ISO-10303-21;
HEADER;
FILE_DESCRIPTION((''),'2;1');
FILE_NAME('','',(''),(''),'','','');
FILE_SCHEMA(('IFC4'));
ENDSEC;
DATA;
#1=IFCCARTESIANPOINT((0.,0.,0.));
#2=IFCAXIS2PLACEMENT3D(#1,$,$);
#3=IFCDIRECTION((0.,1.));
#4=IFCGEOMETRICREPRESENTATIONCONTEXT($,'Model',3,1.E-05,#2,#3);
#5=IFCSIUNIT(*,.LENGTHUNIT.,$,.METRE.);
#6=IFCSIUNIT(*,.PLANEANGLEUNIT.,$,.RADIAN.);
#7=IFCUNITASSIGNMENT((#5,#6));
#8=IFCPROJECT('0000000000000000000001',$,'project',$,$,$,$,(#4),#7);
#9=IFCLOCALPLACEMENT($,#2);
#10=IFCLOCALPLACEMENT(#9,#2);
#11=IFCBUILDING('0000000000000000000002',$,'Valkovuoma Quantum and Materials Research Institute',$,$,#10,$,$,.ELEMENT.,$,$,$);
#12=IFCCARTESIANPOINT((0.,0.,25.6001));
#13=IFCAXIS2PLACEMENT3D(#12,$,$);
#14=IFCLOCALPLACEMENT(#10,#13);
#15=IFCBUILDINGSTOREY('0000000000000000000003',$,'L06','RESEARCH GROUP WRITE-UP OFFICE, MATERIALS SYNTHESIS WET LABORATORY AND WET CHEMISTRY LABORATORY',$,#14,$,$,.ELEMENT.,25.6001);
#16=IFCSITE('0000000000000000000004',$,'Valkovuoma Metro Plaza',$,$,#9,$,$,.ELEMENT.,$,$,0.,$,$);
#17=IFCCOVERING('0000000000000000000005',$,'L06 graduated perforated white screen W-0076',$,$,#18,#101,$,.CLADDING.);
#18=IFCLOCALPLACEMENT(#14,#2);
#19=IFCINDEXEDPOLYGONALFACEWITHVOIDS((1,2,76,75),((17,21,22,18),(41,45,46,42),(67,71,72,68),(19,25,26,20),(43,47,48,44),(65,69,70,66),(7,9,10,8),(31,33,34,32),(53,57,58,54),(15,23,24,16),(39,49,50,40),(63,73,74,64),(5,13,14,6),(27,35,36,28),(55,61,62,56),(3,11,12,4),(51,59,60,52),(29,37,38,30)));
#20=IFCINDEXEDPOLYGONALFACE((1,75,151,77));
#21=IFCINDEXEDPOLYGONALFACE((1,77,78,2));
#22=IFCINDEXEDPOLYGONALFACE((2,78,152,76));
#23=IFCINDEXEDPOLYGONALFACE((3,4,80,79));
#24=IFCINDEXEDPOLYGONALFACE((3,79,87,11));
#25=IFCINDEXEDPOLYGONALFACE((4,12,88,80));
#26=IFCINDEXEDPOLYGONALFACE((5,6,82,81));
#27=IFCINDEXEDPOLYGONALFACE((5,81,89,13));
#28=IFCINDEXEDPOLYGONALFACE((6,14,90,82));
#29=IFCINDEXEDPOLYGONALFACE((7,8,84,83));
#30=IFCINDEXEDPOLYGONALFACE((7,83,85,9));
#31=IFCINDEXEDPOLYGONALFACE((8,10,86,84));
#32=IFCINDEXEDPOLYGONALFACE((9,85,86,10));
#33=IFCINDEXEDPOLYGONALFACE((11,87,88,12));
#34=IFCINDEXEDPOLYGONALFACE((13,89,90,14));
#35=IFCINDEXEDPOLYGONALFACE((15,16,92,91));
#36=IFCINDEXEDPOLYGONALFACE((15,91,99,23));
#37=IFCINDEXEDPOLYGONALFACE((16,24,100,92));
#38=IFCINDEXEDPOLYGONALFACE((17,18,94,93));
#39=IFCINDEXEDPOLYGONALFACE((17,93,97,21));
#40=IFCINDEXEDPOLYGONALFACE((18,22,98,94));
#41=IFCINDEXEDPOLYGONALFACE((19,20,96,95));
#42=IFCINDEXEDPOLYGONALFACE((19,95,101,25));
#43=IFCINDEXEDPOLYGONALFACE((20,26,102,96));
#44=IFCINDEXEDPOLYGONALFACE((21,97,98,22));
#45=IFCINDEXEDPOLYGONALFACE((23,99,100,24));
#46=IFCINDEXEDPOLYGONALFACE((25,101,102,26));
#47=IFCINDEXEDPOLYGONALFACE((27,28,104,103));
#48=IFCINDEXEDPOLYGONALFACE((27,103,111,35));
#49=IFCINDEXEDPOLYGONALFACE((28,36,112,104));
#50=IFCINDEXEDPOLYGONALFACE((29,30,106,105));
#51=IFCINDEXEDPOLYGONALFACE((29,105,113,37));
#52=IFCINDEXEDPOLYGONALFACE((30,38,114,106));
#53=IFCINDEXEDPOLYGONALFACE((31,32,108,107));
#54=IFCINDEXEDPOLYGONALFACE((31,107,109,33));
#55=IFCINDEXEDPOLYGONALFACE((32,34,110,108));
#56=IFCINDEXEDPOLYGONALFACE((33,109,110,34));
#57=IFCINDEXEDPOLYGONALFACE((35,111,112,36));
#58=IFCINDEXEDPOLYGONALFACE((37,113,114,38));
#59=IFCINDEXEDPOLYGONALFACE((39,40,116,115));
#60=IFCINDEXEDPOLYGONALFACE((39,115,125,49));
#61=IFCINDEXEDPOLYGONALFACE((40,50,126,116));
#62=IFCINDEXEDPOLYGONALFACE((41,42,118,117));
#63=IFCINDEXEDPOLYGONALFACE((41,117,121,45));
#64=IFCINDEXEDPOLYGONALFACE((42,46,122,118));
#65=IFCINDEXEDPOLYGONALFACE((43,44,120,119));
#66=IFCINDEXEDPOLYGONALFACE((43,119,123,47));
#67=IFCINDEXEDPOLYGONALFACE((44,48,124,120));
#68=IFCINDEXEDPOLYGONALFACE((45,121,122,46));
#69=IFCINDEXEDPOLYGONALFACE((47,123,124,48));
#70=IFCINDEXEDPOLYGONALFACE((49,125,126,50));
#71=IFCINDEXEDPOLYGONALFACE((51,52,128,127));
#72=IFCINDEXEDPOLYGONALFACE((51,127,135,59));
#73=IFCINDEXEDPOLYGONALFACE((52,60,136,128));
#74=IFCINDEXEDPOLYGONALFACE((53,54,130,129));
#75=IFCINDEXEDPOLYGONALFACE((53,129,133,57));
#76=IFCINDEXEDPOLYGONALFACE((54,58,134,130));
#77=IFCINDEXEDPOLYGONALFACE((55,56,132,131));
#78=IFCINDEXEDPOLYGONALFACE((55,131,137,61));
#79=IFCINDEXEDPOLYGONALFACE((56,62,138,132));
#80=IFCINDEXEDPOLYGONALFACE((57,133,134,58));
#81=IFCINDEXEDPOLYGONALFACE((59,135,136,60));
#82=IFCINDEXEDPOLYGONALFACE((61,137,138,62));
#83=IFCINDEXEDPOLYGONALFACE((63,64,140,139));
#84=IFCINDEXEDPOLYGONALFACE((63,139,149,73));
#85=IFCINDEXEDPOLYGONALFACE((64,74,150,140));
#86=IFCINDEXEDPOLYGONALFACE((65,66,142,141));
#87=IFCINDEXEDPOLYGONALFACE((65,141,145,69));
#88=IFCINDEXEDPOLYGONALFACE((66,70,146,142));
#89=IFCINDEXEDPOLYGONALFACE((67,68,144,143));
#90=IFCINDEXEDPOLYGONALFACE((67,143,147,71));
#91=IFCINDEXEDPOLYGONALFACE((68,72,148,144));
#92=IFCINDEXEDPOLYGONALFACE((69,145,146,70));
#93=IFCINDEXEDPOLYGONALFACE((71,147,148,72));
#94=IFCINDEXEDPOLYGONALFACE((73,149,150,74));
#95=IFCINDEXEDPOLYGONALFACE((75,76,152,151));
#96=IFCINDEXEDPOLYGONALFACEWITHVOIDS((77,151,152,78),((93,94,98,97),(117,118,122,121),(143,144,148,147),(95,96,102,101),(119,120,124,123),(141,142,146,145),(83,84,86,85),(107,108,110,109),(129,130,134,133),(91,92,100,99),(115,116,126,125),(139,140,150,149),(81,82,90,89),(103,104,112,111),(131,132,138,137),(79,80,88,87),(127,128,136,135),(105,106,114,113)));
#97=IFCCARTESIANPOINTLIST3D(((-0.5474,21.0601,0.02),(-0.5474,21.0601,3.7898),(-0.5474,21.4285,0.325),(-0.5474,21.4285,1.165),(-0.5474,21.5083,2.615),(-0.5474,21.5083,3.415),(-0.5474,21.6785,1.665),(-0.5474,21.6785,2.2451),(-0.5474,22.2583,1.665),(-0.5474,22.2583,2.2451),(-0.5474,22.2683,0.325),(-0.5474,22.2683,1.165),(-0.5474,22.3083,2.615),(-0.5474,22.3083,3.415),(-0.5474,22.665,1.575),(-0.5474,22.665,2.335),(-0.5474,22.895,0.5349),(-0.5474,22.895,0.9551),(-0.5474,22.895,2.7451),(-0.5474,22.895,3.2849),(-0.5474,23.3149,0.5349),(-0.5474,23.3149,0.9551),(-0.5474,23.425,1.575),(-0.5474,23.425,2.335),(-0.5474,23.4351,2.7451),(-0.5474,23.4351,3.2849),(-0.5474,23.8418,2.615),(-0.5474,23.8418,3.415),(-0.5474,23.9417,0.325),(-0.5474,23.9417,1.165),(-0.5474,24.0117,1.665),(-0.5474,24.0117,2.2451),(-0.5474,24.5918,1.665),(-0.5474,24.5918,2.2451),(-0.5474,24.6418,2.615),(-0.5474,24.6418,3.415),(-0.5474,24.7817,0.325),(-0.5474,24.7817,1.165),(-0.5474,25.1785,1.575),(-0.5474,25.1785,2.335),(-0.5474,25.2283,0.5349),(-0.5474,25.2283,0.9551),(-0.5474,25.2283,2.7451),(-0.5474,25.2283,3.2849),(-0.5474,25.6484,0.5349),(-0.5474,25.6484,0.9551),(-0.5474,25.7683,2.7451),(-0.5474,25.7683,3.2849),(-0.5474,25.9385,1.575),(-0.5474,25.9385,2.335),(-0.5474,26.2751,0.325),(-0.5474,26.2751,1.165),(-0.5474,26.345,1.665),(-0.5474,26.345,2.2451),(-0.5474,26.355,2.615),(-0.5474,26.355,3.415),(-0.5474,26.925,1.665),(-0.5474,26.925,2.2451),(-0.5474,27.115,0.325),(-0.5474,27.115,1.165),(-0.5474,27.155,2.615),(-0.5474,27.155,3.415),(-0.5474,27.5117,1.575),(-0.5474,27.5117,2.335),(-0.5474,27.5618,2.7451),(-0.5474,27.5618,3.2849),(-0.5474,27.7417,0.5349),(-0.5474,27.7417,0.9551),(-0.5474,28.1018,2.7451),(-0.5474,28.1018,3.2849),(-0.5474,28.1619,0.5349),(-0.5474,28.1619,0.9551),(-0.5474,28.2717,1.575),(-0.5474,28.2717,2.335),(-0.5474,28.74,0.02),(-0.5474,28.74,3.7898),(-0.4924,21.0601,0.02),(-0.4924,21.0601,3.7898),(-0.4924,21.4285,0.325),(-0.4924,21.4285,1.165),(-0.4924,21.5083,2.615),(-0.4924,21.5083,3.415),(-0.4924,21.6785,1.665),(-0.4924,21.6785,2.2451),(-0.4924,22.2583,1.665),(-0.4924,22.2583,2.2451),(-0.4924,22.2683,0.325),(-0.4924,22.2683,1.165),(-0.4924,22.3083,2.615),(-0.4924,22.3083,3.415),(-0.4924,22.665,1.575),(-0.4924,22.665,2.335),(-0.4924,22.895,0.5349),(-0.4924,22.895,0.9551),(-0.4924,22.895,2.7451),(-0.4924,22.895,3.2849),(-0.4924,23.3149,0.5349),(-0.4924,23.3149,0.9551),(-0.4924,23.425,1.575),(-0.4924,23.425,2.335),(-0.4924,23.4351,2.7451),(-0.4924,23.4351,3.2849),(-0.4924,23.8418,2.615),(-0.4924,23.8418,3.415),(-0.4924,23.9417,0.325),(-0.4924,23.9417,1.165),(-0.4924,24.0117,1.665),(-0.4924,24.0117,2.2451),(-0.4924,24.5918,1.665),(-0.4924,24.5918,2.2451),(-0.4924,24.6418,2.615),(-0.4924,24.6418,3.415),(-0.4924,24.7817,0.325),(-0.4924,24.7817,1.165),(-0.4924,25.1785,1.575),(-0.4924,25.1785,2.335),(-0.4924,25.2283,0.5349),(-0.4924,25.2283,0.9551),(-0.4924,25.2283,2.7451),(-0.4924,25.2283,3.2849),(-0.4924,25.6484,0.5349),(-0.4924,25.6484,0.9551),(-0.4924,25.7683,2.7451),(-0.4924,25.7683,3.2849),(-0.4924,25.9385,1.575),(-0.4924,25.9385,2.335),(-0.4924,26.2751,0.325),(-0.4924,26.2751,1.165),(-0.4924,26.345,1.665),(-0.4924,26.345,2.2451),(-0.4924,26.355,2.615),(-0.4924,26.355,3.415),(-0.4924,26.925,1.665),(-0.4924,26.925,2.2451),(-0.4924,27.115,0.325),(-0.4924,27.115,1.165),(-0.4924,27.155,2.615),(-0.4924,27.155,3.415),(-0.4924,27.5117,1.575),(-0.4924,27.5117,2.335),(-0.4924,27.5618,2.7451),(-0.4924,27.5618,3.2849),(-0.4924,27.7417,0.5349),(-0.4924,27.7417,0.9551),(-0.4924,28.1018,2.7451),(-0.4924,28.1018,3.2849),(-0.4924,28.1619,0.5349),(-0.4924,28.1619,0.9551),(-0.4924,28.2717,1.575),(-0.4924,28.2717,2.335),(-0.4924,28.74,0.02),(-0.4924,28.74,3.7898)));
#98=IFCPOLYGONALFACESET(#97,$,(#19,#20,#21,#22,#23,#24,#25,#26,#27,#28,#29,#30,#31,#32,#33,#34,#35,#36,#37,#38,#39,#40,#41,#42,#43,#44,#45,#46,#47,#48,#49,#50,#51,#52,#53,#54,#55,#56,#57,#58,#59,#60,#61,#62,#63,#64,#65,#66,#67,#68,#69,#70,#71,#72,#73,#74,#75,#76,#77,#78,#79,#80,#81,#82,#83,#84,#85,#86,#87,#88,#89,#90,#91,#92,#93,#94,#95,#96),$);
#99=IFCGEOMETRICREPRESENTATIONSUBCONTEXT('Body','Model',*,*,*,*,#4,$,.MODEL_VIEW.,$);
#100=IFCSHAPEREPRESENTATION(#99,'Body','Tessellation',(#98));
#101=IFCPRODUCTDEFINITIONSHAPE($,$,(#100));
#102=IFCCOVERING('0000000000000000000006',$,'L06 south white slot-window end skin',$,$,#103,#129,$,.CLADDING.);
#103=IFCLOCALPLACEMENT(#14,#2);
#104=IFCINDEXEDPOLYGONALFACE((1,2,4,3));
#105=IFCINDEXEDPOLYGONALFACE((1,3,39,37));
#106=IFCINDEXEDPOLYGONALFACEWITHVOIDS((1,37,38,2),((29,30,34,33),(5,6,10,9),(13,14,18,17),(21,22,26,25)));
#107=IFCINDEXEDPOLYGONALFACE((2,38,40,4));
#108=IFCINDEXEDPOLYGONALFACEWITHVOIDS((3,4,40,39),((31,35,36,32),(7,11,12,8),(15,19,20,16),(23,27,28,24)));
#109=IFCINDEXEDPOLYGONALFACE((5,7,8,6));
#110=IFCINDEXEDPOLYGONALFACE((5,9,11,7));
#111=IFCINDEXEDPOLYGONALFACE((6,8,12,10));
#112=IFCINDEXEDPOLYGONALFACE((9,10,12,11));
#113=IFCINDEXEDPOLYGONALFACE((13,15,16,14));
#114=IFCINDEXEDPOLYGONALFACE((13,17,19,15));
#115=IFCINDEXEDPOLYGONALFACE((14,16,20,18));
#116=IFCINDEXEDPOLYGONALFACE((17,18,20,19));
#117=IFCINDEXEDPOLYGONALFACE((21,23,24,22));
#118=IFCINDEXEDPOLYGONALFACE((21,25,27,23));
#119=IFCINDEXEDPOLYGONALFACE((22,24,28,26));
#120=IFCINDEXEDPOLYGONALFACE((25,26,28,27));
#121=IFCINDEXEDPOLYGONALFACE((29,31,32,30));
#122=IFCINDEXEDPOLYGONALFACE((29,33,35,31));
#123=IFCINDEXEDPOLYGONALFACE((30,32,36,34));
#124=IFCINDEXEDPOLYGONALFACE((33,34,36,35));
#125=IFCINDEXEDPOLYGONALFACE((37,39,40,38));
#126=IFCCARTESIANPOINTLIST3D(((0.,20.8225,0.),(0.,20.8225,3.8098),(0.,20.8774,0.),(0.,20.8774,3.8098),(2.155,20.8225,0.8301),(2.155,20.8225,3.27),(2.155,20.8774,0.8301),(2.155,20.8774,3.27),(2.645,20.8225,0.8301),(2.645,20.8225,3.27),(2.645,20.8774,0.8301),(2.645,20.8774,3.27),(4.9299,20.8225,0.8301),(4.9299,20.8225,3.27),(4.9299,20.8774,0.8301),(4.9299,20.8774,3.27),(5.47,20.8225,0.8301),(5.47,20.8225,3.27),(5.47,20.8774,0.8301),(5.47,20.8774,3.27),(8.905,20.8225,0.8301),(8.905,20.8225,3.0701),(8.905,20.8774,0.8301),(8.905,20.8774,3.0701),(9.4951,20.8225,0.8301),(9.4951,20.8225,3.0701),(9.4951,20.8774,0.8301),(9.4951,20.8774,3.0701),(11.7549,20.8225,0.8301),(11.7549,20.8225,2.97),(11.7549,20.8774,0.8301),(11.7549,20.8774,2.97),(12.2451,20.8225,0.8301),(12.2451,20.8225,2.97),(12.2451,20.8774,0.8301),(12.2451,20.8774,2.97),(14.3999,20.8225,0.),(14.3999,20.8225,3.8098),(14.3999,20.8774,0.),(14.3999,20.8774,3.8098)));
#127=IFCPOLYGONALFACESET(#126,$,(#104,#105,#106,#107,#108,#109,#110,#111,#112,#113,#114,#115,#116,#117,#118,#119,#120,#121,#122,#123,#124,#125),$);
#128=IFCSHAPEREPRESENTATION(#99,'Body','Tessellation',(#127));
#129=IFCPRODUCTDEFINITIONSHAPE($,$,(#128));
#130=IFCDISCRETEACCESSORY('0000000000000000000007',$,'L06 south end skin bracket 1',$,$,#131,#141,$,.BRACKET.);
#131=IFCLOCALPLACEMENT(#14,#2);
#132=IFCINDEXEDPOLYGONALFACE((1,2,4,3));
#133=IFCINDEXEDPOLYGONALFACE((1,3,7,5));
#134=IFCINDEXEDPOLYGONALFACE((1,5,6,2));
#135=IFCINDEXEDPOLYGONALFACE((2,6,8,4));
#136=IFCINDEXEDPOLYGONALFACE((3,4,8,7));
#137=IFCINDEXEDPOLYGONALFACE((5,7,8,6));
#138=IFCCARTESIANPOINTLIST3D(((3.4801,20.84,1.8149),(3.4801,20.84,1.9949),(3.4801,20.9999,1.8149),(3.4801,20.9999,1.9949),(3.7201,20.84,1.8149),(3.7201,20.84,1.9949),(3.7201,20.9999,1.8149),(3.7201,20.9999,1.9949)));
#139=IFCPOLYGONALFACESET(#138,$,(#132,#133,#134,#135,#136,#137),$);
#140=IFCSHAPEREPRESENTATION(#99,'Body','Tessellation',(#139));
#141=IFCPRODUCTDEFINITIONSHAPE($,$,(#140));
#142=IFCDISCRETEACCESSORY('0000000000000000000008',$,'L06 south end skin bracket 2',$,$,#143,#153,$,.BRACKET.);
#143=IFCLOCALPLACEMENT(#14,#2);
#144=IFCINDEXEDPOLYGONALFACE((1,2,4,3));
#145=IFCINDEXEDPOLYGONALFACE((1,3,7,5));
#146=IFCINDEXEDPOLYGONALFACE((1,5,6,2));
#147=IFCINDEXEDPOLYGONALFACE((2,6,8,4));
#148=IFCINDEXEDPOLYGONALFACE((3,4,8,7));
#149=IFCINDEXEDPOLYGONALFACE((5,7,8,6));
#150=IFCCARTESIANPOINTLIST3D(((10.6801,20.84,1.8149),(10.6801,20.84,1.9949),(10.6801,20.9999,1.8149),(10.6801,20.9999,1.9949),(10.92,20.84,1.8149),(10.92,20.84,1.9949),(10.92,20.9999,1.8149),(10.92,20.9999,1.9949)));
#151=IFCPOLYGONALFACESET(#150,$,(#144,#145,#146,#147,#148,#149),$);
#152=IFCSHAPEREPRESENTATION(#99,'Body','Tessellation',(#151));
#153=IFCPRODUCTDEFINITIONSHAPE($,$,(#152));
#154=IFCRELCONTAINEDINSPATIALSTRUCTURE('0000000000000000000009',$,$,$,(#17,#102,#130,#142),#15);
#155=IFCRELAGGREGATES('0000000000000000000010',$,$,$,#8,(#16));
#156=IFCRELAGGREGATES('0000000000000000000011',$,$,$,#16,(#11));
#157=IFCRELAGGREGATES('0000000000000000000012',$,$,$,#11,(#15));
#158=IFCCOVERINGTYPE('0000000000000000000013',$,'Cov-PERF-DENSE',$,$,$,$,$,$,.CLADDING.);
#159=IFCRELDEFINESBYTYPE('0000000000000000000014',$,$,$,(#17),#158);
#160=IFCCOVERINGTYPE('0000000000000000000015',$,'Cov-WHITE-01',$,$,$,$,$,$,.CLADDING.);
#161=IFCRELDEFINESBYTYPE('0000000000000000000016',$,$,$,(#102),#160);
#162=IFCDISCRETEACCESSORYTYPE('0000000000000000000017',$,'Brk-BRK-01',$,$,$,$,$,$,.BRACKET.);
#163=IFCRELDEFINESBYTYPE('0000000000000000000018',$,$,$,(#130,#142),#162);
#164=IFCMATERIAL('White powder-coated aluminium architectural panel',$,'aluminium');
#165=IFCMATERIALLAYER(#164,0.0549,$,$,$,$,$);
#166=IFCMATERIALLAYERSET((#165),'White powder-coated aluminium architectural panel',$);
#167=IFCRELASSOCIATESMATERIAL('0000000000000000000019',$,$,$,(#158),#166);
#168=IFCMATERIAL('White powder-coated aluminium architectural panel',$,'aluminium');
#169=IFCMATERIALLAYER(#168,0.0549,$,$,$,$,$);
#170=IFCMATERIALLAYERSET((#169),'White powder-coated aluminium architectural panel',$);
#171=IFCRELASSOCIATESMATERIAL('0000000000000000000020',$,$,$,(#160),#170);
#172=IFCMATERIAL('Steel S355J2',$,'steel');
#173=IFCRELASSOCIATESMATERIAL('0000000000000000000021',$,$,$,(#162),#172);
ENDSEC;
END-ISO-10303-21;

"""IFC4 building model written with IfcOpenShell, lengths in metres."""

from ifc_helpers import new_model, si_unit, direction, frame, origin, origin_2d, place, context, subcontext, project, spatial, polyline, rectangle, outline, extrude, material, layer, layer_set, type_object, element, save


model = new_model("IFC4")

# Units and contexts
model_context = context("Model", 3, precision=1e-05, world=origin(), true_north=direction((0.0, 1.0)))
body_context = subcontext(model_context, "Body", "Model", "MODEL_VIEW")
ifc_project = project(units=[si_unit("LENGTHUNIT", "METRE"), si_unit("PLANEANGLEUNIT", "RADIAN")], contexts=[model_context])

# Site, building, storey
site_placement = place(None, origin())
site = spatial("IfcSite", under=ifc_project, at=site_placement, Name="Valkovuoma Metro Plaza", CompositionType="ELEMENT", RefElevation=0.0)
building_placement = place(site_placement, origin())
building = spatial("IfcBuilding", under=site, at=building_placement, Name="Valkovuoma Quantum and Materials Research Institute", CompositionType="ELEMENT")
storey_placement = place(building_placement, frame((0.0, 0.0, 25.6001)))
storey = spatial("IfcBuildingStorey", under=building, at=storey_placement, Name="L06", Description="RESEARCH GROUP WRITE-UP OFFICE, MATERIALS SYNTHESIS WET LABORATORY AND WET CHEMISTRY LABORATORY", CompositionType="ELEMENT", Elevation=25.6001)

# Coverings
ifc_material_1 = material(Name="White powder-coated aluminium architectural panel", Category="aluminium")
ifc_layer_1 = layer(ifc_material_1, 0.0549)
ifc_layer_set_1 = layer_set([ifc_layer_1], Name="White powder-coated aluminium architectural panel")
covering_type_1 = type_object("IfcCoveringType", Name="Cov-PERF-DENSE", PredefinedType="CLADDING", material=ifc_layer_set_1)
covering_1_placement = place(storey_placement, frame((-0.52, 21.0601, 0.02), z_axis=(0.0, 0.0, 1.0), x_axis=(0.0, 1.0, 0.0)))
element("IfcCovering", 1, at=covering_1_placement, inside=storey, type_object=covering_type_1, Name="L06 graduated perforated white screen W-0076", PredefinedType="CLADDING", context=body_context, shape_type="SweptSolid", body=[
    extrude(outline(polyline([(0.0, 0.0), (7.6799, 0.0), (7.6799, 3.7698), (0.0, 3.7698), (0.0, 0.0)]), holes=[polyline([(0.3684, 0.3049), (0.3684, 1.145), (1.2083, 1.145), (1.2083, 0.3049), (0.3684, 0.3049)]), polyline([(0.6184, 1.645), (0.6184, 2.2251), (1.1982, 2.2251), (1.1982, 1.645), (0.6184, 1.645)]), polyline([(0.4482, 2.595), (0.4482, 3.395), (1.2483, 3.395), (1.2483, 2.595), (0.4482, 2.595)]), polyline([(1.835, 0.5149), (1.835, 0.9351), (2.2549, 0.9351), (2.2549, 0.5149), (1.835, 0.5149)]), polyline([(1.605, 1.5549), (1.605, 2.3149), (2.365, 2.3149), (2.365, 1.5549), (1.605, 1.5549)]), polyline([(1.835, 2.7251), (1.835, 3.2649), (2.375, 3.2649), (2.375, 2.7251), (1.835, 2.7251)]), polyline([(2.8816, 0.3049), (2.8816, 1.145), (3.7217, 1.145), (3.7217, 0.3049), (2.8816, 0.3049)]), polyline([(2.9517, 1.645), (2.9517, 2.2251), (3.5317, 2.2251), (3.5317, 1.645), (2.9517, 1.645)]), polyline([(2.7817, 2.595), (2.7817, 3.395), (3.5818, 3.395), (3.5818, 2.595), (2.7817, 2.595)]), polyline([(4.1682, 0.5149), (4.1682, 0.9351), (4.5884, 0.9351), (4.5884, 0.5149), (4.1682, 0.5149)]), polyline([(4.1184, 1.5549), (4.1184, 2.3149), (4.8784, 2.3149), (4.8784, 1.5549), (4.1184, 1.5549)]), polyline([(4.1682, 2.7251), (4.1682, 3.2649), (4.7083, 3.2649), (4.7083, 2.7251), (4.1682, 2.7251)]), polyline([(5.2151, 0.3049), (5.2151, 1.145), (6.0549, 1.145), (6.0549, 0.3049), (5.2151, 0.3049)]), polyline([(5.2849, 1.645), (5.2849, 2.2251), (5.865, 2.2251), (5.865, 1.645), (5.2849, 1.645)]), polyline([(5.2949, 2.595), (5.2949, 3.395), (6.095, 3.395), (6.095, 2.595), (5.2949, 2.595)]), polyline([(6.6816, 0.5149), (6.6816, 0.9351), (7.1018, 0.9351), (7.1018, 0.5149), (6.6816, 0.5149)]), polyline([(6.4517, 1.5549), (6.4517, 2.3149), (7.2117, 2.3149), (7.2117, 1.5549), (6.4517, 1.5549)]), polyline([(6.5017, 2.7251), (6.5017, 3.2649), (7.0417, 3.2649), (7.0417, 2.7251), (6.5017, 2.7251)])]), frame((0.0, 0.0273, 0.0), z_axis=(0.0, -1.0, 0.0), x_axis=(1.0, 0.0, 0.0)), (0.0, 0.0, 1.0), 0.0549),
])
ifc_material_2 = material(Name="White powder-coated aluminium architectural panel", Category="aluminium")
ifc_layer_2 = layer(ifc_material_2, 0.0549)
ifc_layer_set_2 = layer_set([ifc_layer_2], Name="White powder-coated aluminium architectural panel")
covering_type_2 = type_object("IfcCoveringType", Name="Cov-WHITE-01", PredefinedType="CLADDING", material=ifc_layer_set_2)
covering_2_placement = place(storey_placement, frame((0.0, 20.8501, 0.0), z_axis=(0.0, 0.0, 1.0), x_axis=(1.0, 0.0, 0.0)))
element("IfcCovering", 2, at=covering_2_placement, inside=storey, type_object=covering_type_2, Name="L06 south white slot-window end skin", PredefinedType="CLADDING", context=body_context, shape_type="SweptSolid", body=[
    extrude(outline(polyline([(0.0, 0.0), (14.3999, 0.0), (14.3999, 3.8098), (0.0, 3.8098), (0.0, 0.0)]), holes=[polyline([(2.155, 0.8301), (2.155, 3.27), (2.645, 3.27), (2.645, 0.8301), (2.155, 0.8301)]), polyline([(4.9299, 0.8301), (4.9299, 3.27), (5.47, 3.27), (5.47, 0.8301), (4.9299, 0.8301)]), polyline([(8.905, 0.8301), (8.905, 3.0701), (9.4951, 3.0701), (9.4951, 0.8301), (8.905, 0.8301)]), polyline([(11.7549, 0.8301), (11.7549, 2.97), (12.2451, 2.97), (12.2451, 0.8301), (11.7549, 0.8301)])]), frame((0.0, 0.0273, 0.0), z_axis=(0.0, -1.0, 0.0), x_axis=(1.0, 0.0, 0.0)), (0.0, 0.0, 1.0), 0.0549),
])

# Discrete accessories
ifc_material_3 = material(Name="Steel S355J2", Category="steel")
discrete_accessory_type = type_object("IfcDiscreteAccessoryType", Name="Brk-BRK-01", PredefinedType="BRACKET", material=ifc_material_3)
for number, where, z_axis, x_axis, name in (
    (3, (3.6001, 20.9199, 1.8149), (0.0, 0.0, 1.0), (0.0, 1.0, 0.0), "L06 south end skin bracket 1"),
    (4, (10.8, 20.9199, 1.8149), (0.0, 0.0, 1.0), (0.0, 1.0, 0.0), "L06 south end skin bracket 2"),
):
    element("IfcDiscreteAccessory", number, at=place(storey_placement, frame(where, z_axis=z_axis, x_axis=x_axis)), inside=storey, type_object=discrete_accessory_type, Name=name, PredefinedType="BRACKET", context=body_context, shape_type="SweptSolid", body=[
        extrude(rectangle(XDim=0.1599, YDim=0.24, at=origin_2d()), origin(), (0.0, 0.0, 1.0), 0.1799),
    ])

save(model, "model.ifc")
